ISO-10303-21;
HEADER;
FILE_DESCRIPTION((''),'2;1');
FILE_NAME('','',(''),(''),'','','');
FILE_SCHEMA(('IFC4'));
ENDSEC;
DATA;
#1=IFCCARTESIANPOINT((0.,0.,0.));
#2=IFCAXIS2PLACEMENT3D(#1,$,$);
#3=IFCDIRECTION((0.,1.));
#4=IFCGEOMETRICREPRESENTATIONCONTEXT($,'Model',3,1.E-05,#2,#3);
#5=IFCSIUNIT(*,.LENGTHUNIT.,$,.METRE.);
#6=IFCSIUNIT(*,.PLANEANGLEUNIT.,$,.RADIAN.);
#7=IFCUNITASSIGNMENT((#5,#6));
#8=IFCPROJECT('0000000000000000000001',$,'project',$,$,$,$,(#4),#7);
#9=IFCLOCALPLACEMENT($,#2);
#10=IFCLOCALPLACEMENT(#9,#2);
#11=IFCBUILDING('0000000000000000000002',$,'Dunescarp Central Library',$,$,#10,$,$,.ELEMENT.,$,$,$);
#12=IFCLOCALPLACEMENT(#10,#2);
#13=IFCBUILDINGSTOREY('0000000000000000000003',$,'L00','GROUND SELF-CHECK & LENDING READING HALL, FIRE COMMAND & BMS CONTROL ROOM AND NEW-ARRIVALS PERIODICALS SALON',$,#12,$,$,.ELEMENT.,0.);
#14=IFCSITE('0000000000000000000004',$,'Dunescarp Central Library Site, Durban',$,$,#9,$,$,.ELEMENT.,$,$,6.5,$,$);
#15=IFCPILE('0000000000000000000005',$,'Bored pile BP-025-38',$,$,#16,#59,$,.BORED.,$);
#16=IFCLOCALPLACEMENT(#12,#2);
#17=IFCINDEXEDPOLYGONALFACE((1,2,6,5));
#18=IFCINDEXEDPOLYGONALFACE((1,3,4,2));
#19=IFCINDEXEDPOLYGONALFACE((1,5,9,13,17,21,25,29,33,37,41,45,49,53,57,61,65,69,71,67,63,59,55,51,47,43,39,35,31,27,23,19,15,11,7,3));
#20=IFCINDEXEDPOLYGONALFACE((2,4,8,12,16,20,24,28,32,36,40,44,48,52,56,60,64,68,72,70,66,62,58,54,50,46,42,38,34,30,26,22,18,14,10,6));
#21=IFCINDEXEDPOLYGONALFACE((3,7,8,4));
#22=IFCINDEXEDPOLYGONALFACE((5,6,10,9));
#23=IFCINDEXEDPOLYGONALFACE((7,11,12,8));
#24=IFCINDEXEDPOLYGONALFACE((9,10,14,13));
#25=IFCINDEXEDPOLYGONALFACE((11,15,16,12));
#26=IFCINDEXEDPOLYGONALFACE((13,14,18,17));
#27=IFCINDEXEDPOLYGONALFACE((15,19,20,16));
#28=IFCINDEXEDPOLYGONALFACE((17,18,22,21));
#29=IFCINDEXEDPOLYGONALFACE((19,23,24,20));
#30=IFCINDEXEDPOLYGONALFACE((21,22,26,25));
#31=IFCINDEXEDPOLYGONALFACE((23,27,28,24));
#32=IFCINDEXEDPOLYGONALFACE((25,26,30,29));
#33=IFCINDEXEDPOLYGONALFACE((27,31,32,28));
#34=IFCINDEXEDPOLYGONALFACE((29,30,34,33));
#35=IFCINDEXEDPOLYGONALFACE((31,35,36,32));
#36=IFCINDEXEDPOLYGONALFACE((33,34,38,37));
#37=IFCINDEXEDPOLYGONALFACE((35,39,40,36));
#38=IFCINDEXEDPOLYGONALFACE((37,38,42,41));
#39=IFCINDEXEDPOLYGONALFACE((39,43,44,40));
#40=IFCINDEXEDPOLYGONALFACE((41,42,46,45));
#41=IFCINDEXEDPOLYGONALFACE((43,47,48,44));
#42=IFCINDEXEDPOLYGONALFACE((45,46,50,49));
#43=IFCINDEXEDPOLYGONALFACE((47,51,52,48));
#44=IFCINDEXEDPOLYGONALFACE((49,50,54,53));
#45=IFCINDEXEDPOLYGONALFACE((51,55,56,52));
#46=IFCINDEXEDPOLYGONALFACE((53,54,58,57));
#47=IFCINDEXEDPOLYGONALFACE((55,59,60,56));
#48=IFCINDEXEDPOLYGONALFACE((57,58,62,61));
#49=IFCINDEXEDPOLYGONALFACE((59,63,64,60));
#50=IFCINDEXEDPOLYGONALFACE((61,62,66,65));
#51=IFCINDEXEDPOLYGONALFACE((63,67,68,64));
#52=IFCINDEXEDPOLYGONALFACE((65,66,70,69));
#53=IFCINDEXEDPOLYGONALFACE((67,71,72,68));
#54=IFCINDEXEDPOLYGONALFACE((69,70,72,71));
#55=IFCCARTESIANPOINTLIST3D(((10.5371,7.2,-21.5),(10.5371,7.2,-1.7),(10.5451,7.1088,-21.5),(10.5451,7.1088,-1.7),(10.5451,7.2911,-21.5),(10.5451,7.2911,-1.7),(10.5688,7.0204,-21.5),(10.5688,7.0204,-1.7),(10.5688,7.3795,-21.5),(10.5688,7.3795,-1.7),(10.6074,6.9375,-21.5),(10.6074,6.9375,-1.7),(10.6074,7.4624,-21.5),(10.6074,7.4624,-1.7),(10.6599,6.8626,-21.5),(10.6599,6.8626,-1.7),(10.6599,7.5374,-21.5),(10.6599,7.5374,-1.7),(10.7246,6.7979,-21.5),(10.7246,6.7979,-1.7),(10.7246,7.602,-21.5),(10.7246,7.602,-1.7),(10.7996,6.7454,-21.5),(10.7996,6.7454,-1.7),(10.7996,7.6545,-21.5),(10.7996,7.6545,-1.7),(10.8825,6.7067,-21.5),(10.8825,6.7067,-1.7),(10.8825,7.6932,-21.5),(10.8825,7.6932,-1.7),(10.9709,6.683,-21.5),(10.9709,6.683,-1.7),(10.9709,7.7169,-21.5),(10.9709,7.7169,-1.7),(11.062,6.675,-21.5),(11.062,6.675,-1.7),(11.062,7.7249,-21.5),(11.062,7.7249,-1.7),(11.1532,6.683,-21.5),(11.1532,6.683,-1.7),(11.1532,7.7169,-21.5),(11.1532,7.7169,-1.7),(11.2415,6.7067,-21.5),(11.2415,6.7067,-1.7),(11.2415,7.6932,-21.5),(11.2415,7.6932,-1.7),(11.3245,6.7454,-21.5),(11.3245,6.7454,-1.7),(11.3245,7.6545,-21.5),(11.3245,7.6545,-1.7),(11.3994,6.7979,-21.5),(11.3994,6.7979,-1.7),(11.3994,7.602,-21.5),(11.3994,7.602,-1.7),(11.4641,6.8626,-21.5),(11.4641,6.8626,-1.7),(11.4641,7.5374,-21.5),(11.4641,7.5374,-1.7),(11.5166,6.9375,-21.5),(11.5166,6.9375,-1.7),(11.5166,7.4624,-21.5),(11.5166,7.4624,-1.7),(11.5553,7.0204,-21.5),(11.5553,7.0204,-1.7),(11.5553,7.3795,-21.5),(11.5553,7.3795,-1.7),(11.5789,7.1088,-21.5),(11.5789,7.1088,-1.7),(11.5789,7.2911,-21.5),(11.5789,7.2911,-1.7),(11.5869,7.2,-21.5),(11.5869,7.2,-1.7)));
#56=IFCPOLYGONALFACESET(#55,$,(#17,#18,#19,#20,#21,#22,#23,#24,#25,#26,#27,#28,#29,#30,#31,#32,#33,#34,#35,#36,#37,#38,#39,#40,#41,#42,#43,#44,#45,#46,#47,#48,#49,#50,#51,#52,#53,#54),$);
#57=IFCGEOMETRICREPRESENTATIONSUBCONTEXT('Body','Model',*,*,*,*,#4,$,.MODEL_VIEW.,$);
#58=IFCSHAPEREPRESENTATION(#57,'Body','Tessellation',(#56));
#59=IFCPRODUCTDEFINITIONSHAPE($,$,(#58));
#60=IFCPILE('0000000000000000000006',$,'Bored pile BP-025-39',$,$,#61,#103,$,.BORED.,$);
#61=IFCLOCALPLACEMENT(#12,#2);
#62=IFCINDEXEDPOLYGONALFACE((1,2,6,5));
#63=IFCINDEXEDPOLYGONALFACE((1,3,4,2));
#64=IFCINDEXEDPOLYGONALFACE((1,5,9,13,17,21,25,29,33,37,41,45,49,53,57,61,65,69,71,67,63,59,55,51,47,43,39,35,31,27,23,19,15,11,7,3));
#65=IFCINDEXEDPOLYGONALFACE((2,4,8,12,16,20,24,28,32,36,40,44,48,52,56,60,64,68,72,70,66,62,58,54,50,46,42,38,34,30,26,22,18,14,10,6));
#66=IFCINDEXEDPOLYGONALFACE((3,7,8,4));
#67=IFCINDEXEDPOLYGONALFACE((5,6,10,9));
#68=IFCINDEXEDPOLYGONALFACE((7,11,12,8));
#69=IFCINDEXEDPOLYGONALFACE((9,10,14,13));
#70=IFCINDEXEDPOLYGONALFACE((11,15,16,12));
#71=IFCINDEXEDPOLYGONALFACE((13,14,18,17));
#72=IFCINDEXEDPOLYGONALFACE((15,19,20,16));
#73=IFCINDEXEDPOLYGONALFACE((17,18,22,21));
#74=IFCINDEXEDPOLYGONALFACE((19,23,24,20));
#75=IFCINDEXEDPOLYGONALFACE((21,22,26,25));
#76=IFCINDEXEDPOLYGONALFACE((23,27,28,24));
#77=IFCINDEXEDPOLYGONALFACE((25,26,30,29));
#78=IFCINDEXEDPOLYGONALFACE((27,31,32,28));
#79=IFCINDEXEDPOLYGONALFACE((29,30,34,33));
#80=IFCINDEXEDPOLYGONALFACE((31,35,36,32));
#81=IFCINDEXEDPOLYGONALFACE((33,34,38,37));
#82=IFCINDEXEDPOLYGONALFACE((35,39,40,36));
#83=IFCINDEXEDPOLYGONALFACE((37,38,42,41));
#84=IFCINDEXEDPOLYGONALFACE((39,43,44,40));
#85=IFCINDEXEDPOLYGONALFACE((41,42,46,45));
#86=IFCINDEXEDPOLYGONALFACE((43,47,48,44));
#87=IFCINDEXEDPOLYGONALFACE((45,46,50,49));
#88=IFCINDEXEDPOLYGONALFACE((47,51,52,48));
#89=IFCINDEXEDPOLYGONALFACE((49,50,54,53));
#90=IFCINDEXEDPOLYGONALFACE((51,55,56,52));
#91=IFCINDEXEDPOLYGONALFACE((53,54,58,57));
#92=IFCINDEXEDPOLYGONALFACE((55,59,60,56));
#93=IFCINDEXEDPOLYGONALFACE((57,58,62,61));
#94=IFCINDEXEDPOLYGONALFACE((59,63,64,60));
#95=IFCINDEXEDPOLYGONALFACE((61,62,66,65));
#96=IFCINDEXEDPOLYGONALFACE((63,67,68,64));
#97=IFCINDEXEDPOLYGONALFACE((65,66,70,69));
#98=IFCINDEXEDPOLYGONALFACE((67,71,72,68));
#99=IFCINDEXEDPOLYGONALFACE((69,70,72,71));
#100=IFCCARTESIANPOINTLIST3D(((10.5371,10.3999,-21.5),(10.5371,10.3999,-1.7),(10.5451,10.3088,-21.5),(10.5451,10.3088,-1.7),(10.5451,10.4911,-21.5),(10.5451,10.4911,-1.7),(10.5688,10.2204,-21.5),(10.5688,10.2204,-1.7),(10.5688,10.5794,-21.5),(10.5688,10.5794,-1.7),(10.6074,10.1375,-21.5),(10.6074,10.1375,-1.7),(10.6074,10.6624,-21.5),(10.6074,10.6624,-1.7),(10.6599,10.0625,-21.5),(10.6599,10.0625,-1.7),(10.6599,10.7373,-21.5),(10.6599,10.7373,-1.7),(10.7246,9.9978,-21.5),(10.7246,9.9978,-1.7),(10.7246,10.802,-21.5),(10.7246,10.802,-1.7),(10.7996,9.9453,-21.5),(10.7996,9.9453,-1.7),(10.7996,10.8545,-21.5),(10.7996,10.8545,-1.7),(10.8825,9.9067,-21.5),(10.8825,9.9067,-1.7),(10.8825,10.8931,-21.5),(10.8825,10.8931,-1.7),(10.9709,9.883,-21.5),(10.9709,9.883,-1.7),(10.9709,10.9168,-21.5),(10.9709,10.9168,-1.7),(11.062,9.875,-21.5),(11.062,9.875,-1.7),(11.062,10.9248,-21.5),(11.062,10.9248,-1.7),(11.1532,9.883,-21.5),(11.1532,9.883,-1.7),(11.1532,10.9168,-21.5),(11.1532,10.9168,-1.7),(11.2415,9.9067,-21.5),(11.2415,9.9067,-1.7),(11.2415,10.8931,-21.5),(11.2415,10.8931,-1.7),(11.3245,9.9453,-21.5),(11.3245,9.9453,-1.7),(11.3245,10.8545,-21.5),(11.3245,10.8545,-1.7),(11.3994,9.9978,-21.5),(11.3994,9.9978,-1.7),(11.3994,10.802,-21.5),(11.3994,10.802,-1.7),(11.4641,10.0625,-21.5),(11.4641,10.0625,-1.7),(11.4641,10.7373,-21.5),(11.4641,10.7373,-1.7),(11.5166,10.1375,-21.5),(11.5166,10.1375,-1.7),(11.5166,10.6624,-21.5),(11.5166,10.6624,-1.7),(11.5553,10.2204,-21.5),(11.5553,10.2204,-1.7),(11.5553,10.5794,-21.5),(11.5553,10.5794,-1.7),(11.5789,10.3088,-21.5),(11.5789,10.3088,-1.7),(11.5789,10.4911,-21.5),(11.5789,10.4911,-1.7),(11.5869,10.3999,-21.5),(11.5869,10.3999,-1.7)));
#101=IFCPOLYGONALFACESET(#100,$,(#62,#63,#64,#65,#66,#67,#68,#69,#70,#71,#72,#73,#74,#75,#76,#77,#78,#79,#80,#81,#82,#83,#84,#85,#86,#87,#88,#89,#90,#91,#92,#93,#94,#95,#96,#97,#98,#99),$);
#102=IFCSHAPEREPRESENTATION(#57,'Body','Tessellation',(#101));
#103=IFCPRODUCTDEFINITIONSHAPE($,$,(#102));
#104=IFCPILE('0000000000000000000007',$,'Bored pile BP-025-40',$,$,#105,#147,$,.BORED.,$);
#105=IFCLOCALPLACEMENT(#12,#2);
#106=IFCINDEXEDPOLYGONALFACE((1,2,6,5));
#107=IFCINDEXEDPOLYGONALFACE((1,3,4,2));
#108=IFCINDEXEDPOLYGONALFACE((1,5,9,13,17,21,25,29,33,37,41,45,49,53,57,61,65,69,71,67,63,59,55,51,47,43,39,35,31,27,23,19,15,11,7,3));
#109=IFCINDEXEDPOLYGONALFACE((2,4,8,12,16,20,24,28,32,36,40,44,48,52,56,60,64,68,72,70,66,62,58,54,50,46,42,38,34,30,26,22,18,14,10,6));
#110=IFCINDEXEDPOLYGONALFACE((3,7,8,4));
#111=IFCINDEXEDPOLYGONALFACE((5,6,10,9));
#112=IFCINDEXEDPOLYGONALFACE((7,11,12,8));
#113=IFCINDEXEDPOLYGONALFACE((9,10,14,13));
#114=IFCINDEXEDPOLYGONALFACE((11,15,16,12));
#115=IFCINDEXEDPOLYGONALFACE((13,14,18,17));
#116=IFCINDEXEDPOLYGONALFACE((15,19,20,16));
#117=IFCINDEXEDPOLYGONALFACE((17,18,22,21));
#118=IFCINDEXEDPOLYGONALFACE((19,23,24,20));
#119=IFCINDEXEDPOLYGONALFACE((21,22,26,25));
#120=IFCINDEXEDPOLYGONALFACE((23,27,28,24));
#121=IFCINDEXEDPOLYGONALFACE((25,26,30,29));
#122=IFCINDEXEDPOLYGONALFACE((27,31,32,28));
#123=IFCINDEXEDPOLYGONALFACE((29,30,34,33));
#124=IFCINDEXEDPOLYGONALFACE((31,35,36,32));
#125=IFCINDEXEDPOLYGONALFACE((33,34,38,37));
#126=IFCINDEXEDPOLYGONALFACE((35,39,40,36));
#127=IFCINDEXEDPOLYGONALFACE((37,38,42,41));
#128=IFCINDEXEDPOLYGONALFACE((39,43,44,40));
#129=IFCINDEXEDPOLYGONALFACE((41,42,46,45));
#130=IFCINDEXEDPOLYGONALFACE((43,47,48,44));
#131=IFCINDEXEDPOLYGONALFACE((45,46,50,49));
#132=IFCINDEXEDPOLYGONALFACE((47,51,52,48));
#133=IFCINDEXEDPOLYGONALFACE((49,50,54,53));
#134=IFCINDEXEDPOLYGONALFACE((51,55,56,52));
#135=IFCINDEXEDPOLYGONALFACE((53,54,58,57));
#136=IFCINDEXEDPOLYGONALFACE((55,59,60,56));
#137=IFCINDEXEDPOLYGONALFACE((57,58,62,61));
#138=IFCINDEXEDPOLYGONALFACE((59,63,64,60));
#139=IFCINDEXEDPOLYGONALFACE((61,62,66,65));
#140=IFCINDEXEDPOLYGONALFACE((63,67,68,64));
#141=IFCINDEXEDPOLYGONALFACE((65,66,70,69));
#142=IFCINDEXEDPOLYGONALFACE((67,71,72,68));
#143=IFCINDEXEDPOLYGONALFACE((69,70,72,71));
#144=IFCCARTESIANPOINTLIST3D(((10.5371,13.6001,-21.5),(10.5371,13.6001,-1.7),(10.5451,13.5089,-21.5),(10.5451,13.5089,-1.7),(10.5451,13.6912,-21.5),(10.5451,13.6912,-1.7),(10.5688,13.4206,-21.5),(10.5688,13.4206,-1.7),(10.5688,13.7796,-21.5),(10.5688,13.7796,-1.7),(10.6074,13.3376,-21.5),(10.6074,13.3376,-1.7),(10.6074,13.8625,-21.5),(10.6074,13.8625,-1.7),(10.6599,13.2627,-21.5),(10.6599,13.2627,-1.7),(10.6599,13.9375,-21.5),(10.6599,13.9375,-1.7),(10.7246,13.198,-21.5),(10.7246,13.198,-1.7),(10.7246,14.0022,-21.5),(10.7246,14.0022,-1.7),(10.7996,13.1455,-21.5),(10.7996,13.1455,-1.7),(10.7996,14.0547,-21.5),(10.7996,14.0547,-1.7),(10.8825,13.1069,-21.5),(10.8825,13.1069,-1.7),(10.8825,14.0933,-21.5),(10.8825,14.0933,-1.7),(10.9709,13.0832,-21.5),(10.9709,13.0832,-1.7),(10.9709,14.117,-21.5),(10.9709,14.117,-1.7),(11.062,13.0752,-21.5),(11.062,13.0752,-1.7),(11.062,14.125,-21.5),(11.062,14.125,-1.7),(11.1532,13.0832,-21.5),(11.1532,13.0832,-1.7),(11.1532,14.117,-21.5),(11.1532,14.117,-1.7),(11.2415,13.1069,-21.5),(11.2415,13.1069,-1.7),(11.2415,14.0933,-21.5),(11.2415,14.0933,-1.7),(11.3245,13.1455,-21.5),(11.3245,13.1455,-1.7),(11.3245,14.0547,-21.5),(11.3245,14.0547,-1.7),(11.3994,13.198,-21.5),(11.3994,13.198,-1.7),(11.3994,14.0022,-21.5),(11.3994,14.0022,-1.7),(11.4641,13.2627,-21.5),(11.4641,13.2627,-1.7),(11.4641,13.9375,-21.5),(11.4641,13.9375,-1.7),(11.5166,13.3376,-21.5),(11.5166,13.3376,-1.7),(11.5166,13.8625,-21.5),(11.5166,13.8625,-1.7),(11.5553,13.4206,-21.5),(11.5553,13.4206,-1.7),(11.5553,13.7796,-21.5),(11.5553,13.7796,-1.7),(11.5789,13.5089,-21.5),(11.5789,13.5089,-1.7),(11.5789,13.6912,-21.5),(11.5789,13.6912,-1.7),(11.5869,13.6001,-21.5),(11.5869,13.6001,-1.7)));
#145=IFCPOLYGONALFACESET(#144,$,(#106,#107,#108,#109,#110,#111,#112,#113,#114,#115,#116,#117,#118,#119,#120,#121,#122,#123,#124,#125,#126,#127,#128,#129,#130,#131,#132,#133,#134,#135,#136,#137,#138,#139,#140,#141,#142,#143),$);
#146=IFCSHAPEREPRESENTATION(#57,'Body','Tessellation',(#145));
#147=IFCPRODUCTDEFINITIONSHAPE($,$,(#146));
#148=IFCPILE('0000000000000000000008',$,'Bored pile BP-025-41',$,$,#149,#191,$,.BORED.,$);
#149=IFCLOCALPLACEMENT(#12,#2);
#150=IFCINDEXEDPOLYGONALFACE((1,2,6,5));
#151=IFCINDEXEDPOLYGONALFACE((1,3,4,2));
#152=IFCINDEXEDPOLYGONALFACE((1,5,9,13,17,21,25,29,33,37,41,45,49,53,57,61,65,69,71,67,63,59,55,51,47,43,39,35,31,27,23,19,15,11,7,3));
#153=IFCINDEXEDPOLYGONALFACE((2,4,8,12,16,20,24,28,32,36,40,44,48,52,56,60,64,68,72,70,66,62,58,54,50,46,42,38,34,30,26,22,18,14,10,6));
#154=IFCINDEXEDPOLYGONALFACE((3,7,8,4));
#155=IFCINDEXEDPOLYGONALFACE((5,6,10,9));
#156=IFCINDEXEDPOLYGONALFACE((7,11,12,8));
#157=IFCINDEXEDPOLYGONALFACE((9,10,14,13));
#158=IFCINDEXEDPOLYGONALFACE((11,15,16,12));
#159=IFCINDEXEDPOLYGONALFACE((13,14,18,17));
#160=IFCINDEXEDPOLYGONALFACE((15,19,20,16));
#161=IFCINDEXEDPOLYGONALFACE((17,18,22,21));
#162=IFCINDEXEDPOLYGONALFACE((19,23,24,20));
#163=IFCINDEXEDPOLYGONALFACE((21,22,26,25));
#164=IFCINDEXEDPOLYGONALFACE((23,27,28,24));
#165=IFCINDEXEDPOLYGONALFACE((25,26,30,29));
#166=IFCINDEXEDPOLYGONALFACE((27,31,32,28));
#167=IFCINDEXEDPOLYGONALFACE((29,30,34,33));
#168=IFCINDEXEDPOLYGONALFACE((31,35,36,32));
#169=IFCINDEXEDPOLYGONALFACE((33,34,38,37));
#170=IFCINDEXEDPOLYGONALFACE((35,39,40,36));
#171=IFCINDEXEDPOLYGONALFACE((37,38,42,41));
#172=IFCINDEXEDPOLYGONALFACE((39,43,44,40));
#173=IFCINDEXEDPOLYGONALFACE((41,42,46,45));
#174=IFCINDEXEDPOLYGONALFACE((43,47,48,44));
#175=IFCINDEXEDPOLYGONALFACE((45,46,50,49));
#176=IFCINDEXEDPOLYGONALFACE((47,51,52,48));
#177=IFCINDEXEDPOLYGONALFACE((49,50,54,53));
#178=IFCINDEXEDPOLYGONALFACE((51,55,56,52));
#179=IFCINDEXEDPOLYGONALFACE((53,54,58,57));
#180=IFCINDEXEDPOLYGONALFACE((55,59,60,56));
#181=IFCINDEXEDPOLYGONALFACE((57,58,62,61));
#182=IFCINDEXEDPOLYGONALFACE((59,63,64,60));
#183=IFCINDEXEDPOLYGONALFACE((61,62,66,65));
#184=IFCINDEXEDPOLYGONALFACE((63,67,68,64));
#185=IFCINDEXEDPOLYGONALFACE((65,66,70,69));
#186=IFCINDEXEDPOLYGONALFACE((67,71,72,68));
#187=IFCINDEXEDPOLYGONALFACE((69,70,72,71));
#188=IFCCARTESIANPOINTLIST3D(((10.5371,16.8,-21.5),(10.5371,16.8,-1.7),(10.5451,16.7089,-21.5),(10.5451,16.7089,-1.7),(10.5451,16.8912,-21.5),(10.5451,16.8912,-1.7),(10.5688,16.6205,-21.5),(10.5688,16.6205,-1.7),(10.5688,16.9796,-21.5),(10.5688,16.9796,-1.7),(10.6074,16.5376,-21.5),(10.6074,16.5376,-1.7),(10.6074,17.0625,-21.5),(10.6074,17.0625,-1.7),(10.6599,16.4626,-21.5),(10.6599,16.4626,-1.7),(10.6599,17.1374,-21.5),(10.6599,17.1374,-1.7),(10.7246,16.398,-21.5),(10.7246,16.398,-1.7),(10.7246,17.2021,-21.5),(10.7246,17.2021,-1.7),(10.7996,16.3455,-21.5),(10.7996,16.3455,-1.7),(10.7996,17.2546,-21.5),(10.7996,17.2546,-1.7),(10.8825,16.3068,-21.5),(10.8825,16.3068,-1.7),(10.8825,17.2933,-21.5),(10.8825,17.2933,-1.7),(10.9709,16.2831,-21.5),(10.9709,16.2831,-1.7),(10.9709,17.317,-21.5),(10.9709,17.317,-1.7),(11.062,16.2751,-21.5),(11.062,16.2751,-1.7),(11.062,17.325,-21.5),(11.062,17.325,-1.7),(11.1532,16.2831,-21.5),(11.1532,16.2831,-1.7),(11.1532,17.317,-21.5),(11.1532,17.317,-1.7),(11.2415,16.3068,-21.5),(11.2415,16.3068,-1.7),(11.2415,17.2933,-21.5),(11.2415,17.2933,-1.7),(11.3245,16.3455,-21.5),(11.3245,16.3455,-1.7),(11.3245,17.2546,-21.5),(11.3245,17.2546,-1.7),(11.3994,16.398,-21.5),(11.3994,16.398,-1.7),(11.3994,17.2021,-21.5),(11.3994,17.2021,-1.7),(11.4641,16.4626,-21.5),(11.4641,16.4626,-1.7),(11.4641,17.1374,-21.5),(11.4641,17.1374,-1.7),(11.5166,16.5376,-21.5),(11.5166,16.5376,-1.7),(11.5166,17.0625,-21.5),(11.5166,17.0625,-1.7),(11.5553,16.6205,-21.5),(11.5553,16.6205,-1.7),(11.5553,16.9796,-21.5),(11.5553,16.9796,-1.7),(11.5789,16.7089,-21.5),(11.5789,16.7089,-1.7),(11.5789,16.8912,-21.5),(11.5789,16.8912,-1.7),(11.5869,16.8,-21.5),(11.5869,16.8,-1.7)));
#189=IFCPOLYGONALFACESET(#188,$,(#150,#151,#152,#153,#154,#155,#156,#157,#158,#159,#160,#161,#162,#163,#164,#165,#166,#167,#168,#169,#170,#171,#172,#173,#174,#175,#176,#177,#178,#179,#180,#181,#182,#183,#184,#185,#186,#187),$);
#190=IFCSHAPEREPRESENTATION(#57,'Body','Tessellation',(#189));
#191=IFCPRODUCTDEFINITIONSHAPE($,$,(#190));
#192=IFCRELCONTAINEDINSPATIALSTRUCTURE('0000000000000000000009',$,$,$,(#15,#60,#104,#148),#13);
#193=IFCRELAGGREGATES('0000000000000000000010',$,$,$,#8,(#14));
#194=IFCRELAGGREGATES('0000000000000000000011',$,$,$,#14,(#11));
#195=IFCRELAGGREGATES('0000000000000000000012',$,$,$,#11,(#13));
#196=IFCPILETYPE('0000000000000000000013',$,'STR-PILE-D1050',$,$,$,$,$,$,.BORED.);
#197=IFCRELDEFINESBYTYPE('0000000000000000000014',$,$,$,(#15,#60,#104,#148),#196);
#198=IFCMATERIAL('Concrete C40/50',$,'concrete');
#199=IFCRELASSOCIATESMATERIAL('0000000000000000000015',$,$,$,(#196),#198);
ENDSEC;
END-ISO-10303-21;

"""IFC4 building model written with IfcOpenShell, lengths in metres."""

from ifc_helpers import new_model, si_unit, direction, frame, origin, origin_2d, place, context, subcontext, project, spatial, circle, extrude, material, material_profile, profile_set, type_object, element, save


model = new_model("IFC4")

# Units and contexts
model_context = context("Model", 3, precision=1e-05, world=origin(), true_north=direction((0.0, 1.0)))
body_context = subcontext(model_context, "Body", "Model", "MODEL_VIEW")
ifc_project = project(units=[si_unit("LENGTHUNIT", "METRE"), si_unit("PLANEANGLEUNIT", "RADIAN")], contexts=[model_context])

# Site, building, storey
site_placement = place(None, origin())
site = spatial("IfcSite", under=ifc_project, at=site_placement, Name="Dunescarp Central Library Site, Durban", CompositionType="ELEMENT", RefElevation=6.5)
building_placement = place(site_placement, origin())
building = spatial("IfcBuilding", under=site, at=building_placement, Name="Dunescarp Central Library", CompositionType="ELEMENT")
storey_placement = place(building_placement, origin())
storey = spatial("IfcBuildingStorey", under=building, at=storey_placement, Name="L00", Description="GROUND SELF-CHECK & LENDING READING HALL, FIRE COMMAND & BMS CONTROL ROOM AND NEW-ARRIVALS PERIODICALS SALON", CompositionType="ELEMENT", Elevation=0.0)

# Piles
ifc_material_1 = material(Name="Concrete C40/50", Category="concrete")
ifc_material_profile_1 = material_profile(ifc_material_1, circle(Radius=0.5249, at=origin_2d()), Name="PILE D1050")
ifc_profile_set_1 = profile_set([ifc_material_profile_1], Name="Concrete C40/50")
pile_type = type_object("IfcPileType", Name="STR-PILE-D1050", PredefinedType="BORED", material=ifc_profile_set_1)
for number, where, z_axis, x_axis, name in (
    (1, (11.062, 7.2, -1.7), (0.0, 0.0, -1.0), (1.0, 0.0, 0.0), "Bored pile BP-025-38"),
    (2, (11.062, 10.3999, -1.7), (0.0, 0.0, -1.0), (1.0, 0.0, 0.0), "Bored pile BP-025-39"),
    (3, (11.062, 13.6001, -1.7), (0.0, 0.0, -1.0), (1.0, 0.0, 0.0), "Bored pile BP-025-40"),
    (4, (11.062, 16.8, -1.7), (0.0, 0.0, -1.0), (1.0, 0.0, 0.0), "Bored pile BP-025-41"),
):
    element("IfcPile", number, at=place(storey_placement, frame(where, z_axis=z_axis, x_axis=x_axis)), inside=storey, type_object=pile_type, Name=name, PredefinedType="BORED", context=body_context, shape_type="SweptSolid", body=[
        extrude(circle(Radius=0.5249, at=origin_2d()), origin(), (0.0, 0.0, 1.0), 19.8),
    ])

save(model, "model.ifc")
